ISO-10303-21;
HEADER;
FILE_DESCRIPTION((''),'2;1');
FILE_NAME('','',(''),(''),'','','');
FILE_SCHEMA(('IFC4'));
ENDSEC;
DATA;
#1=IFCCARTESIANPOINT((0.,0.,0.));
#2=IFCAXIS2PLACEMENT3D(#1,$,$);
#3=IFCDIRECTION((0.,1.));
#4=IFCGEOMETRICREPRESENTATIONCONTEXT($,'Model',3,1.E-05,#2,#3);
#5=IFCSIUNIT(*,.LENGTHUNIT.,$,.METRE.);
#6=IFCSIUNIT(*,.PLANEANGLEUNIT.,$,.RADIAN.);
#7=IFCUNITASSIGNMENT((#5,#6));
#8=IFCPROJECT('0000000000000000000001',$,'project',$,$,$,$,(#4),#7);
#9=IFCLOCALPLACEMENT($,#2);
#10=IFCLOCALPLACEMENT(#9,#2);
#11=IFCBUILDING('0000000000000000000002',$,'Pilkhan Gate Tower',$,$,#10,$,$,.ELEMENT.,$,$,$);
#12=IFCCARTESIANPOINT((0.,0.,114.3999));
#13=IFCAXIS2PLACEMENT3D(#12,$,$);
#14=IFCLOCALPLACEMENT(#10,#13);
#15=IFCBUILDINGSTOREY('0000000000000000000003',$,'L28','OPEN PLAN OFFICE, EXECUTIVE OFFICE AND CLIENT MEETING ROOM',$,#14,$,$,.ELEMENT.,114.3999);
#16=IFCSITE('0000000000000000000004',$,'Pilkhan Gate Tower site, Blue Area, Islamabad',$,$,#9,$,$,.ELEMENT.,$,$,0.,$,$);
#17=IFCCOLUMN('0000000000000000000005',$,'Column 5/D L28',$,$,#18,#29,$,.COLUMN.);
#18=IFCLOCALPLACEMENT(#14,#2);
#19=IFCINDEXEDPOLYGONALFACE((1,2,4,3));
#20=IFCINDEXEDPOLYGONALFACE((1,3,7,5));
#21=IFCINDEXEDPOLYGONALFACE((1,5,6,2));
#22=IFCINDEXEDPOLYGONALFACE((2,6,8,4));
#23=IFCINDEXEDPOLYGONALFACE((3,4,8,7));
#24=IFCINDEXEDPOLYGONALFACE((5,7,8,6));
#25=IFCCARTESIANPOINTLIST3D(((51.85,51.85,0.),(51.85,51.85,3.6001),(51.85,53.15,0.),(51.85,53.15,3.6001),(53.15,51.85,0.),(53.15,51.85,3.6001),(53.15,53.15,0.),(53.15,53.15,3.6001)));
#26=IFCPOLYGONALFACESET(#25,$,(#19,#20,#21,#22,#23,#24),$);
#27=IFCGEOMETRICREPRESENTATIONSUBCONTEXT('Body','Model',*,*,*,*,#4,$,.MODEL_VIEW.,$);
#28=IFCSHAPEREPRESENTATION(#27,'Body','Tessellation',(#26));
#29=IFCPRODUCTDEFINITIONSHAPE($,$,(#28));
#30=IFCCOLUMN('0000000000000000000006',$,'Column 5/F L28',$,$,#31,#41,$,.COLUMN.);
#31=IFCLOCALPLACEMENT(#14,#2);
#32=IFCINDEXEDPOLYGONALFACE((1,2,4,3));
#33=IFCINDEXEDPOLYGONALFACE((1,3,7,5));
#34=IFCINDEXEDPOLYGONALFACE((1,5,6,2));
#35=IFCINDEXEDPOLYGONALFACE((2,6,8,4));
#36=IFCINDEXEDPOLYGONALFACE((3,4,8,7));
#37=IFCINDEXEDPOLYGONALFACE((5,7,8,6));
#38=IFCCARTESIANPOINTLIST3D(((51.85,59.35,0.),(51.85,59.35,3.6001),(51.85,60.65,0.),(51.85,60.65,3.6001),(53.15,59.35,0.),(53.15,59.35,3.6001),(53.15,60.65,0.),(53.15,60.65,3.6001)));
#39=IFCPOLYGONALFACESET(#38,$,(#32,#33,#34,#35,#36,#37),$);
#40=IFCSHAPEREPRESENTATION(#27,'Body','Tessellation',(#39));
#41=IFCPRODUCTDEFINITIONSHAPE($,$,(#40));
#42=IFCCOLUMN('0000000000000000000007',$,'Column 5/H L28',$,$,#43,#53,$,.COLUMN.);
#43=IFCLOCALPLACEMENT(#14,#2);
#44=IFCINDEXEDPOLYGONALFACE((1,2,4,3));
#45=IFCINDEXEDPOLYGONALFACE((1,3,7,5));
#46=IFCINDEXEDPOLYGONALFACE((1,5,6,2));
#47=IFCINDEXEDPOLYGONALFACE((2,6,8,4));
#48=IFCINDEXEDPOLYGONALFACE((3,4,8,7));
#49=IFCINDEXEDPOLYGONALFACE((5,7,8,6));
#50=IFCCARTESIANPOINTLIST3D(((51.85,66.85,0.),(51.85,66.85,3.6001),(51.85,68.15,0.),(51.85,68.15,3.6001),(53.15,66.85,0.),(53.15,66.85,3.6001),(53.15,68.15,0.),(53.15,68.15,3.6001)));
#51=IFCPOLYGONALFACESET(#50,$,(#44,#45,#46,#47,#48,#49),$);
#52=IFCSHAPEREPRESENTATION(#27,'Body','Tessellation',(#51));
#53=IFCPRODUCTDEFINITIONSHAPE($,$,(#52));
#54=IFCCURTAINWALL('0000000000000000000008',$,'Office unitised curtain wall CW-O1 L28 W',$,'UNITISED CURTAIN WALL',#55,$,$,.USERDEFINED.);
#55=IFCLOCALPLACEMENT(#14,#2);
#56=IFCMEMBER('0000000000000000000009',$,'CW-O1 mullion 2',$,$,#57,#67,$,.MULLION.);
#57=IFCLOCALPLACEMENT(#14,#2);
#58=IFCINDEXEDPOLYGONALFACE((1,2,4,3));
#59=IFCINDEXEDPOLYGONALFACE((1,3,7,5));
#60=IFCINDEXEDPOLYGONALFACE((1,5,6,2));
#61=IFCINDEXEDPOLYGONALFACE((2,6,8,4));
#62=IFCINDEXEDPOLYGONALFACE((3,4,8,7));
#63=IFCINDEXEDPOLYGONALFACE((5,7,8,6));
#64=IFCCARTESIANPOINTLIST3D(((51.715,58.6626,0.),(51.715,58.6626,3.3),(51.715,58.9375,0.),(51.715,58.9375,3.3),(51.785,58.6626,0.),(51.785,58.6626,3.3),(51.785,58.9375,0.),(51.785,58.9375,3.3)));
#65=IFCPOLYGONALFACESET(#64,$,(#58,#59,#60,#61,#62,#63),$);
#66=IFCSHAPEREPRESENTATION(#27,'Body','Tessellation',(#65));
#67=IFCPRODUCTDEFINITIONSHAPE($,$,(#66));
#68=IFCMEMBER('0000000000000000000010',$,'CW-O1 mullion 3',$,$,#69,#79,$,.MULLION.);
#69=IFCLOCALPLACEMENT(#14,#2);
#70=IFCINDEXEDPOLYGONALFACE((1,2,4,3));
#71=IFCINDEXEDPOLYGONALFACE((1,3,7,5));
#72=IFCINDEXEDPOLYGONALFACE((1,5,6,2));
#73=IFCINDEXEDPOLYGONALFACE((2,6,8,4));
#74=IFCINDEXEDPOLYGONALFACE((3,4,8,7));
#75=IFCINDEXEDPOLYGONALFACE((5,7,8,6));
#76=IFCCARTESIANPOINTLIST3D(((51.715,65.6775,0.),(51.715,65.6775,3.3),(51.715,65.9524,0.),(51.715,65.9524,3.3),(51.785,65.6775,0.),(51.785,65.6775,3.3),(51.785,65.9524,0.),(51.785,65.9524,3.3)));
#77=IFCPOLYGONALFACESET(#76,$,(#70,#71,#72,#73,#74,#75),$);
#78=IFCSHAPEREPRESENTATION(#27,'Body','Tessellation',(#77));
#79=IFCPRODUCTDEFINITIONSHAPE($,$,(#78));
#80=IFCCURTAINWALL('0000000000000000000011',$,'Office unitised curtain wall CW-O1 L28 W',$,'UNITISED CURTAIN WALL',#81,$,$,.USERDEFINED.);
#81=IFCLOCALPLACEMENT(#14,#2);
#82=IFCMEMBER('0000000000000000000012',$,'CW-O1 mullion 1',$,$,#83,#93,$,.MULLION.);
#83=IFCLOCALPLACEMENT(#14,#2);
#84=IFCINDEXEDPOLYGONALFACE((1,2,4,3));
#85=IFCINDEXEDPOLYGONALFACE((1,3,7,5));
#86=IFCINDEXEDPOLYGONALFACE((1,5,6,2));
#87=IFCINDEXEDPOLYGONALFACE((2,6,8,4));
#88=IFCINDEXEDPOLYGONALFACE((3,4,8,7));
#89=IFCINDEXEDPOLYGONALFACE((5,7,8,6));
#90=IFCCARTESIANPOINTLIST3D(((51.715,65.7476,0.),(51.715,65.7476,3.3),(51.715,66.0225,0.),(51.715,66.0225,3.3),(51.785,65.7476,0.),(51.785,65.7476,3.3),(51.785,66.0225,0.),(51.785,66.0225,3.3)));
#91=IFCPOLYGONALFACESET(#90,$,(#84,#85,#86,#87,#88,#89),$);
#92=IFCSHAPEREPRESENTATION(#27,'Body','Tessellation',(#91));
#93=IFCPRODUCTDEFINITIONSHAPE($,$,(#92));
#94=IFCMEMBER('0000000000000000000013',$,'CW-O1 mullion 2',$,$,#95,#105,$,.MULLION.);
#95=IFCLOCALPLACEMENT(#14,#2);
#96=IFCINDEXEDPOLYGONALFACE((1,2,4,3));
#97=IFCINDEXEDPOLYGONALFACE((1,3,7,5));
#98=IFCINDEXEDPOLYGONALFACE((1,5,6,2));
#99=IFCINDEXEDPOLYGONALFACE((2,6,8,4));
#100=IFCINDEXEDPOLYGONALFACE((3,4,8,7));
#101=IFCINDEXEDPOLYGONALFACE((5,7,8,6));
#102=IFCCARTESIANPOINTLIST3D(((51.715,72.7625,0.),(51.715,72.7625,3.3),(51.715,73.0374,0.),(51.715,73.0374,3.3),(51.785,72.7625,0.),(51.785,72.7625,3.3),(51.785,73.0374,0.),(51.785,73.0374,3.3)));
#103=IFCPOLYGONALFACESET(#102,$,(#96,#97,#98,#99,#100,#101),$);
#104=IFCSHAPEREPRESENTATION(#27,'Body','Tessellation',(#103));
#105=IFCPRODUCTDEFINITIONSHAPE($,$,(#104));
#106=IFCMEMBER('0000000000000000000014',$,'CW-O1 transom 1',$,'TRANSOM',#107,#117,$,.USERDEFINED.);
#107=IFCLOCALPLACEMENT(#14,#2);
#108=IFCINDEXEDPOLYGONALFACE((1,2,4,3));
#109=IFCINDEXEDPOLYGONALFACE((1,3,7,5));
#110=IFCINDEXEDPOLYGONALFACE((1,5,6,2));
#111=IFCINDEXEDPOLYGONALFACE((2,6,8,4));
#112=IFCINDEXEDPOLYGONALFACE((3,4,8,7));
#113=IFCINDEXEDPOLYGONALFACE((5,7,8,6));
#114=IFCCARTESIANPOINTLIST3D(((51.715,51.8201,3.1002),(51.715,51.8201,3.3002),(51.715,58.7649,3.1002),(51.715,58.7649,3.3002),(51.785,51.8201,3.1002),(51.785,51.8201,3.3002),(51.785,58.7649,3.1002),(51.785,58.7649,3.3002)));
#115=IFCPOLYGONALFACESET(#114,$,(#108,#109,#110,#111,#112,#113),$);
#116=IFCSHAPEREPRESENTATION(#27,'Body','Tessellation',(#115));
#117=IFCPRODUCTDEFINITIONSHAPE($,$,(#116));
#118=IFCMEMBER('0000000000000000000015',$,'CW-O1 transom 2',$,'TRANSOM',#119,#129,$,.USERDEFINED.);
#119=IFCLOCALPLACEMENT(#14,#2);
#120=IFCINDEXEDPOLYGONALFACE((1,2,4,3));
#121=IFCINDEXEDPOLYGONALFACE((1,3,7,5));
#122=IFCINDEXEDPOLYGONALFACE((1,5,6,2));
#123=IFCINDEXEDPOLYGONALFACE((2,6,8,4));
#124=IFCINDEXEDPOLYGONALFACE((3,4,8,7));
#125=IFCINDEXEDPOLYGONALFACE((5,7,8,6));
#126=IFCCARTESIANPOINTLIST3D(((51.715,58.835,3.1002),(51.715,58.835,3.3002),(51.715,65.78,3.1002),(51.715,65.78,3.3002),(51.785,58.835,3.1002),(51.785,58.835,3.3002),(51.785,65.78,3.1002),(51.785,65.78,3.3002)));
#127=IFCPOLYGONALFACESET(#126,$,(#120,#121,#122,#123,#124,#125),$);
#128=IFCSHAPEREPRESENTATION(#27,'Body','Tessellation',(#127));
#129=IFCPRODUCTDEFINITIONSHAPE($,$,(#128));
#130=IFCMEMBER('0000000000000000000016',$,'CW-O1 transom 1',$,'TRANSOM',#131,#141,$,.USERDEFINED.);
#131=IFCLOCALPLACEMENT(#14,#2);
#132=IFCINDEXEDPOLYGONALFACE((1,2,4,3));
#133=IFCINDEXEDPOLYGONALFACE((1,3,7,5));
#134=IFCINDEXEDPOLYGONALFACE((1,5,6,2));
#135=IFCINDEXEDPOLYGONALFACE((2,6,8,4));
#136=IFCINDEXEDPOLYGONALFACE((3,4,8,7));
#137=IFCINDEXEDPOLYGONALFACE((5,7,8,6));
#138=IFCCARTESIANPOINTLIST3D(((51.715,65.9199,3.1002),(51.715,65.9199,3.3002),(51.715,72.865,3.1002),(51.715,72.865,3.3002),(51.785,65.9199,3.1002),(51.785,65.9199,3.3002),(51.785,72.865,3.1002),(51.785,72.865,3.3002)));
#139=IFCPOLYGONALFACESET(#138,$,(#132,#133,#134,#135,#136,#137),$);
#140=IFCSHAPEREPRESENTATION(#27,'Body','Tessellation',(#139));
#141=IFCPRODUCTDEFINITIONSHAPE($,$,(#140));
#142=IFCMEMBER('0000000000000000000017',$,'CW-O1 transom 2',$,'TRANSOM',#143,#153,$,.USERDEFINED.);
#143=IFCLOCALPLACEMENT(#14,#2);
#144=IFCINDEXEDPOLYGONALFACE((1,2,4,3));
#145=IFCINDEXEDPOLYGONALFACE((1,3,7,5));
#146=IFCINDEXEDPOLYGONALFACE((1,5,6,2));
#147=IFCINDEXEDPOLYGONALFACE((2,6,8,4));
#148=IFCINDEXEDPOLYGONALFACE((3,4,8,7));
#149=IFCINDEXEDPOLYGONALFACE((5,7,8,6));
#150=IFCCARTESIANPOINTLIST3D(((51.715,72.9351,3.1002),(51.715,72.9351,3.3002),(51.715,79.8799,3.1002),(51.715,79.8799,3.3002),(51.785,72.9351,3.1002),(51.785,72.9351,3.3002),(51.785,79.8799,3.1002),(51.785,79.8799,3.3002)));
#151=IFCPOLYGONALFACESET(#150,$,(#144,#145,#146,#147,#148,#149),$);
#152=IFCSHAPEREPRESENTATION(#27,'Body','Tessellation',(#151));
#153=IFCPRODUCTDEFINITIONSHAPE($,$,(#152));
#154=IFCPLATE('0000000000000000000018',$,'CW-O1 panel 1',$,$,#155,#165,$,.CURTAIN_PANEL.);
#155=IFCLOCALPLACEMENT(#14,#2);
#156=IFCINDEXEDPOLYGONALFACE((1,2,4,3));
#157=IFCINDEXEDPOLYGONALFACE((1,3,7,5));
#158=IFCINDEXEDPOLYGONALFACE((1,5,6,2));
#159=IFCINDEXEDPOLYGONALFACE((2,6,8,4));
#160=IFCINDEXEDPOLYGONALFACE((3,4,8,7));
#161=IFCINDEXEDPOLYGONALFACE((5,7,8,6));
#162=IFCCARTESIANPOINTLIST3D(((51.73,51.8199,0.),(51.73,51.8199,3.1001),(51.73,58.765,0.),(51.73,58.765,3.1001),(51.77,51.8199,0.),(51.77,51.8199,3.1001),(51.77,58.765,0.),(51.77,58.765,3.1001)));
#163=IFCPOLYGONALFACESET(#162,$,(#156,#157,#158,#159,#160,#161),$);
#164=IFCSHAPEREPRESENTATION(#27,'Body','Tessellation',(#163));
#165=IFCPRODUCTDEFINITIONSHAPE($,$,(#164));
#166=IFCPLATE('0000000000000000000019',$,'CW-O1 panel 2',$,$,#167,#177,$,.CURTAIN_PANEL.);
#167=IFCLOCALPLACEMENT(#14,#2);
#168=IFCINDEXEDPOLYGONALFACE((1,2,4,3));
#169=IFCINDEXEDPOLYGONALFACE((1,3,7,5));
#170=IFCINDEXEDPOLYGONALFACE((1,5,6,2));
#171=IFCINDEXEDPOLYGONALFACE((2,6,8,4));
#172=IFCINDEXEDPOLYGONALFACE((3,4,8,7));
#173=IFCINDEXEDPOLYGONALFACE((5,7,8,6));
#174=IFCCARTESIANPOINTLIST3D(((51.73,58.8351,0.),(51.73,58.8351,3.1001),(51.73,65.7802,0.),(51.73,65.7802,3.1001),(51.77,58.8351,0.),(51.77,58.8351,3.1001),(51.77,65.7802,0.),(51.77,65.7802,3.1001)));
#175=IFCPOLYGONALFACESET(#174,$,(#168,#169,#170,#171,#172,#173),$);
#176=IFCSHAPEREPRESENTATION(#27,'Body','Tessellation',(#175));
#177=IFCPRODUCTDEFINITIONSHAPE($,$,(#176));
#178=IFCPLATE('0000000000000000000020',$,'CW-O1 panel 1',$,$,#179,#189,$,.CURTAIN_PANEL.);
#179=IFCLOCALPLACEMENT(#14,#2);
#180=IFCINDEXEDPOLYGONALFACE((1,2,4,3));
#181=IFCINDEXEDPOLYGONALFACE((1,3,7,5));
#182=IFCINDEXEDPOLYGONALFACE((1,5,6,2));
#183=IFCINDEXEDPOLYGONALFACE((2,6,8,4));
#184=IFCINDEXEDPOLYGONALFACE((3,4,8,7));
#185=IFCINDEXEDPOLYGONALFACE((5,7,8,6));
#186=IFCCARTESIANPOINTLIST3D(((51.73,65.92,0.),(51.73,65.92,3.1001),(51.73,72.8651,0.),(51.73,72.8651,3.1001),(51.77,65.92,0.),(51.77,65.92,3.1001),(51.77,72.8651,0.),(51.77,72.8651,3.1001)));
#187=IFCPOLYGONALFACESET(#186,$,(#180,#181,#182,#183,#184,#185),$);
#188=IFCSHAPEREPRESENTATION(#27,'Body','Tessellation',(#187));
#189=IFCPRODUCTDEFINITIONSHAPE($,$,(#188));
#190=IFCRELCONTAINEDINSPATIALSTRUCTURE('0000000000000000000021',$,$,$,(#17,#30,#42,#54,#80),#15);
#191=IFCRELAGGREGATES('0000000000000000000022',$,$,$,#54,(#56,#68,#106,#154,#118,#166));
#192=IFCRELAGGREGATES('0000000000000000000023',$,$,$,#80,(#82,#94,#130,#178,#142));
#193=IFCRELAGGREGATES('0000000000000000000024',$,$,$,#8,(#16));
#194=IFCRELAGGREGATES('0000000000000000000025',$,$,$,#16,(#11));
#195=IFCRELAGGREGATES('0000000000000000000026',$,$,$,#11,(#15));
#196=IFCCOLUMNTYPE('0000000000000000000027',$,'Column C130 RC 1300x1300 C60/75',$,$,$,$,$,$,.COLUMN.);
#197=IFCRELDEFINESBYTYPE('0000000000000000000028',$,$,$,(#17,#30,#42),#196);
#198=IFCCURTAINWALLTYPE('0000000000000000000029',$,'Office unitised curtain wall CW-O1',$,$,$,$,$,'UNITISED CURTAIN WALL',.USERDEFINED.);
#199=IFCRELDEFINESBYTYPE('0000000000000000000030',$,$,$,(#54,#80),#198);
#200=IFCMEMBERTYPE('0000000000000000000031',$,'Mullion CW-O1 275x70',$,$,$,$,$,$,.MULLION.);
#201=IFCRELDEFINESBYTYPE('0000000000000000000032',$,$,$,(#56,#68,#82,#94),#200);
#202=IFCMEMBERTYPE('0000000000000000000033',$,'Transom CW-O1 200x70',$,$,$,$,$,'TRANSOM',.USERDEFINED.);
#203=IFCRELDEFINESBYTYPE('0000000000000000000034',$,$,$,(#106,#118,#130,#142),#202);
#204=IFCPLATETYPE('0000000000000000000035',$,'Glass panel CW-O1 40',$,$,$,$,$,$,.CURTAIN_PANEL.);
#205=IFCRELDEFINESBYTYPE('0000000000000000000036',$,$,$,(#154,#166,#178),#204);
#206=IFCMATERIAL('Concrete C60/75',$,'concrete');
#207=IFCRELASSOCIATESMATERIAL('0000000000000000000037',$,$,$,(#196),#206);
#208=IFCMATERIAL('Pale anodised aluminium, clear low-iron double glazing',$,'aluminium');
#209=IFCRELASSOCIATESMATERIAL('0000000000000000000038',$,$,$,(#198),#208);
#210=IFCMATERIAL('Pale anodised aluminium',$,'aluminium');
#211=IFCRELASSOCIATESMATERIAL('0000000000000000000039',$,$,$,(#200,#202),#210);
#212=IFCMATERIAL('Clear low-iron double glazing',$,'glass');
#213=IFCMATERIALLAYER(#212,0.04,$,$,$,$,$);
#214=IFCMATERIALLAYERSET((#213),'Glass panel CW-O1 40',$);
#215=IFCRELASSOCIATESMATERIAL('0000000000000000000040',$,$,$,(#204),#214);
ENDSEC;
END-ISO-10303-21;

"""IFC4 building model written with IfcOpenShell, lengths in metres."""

from ifc_helpers import new_model, si_unit, direction, frame, origin, origin_2d, place, context, subcontext, project, spatial, rectangle, extrude, material, layer, layer_set, material_profile, profile_set, type_object, element, aggregate, save


model = new_model("IFC4")

# Units and contexts
model_context = context("Model", 3, precision=1e-05, world=origin(), true_north=direction((0.0, 1.0)))
body_context = subcontext(model_context, "Body", "Model", "MODEL_VIEW")
ifc_project = project(units=[si_unit("LENGTHUNIT", "METRE"), si_unit("PLANEANGLEUNIT", "RADIAN")], contexts=[model_context])

# Site, building, storey
site_placement = place(None, origin())
site = spatial("IfcSite", under=ifc_project, at=site_placement, Name="Pilkhan Gate Tower site, Blue Area, Islamabad", CompositionType="ELEMENT", RefElevation=0.0)
building_placement = place(site_placement, origin())
building = spatial("IfcBuilding", under=site, at=building_placement, Name="Pilkhan Gate Tower", CompositionType="ELEMENT")
storey_placement = place(building_placement, frame((0.0, 0.0, 114.3999)))
storey = spatial("IfcBuildingStorey", under=building, at=storey_placement, Name="L28", Description="OPEN PLAN OFFICE, EXECUTIVE OFFICE AND CLIENT MEETING ROOM", CompositionType="ELEMENT", Elevation=114.3999)

# Columns
ifc_material_1 = material(Name="Concrete C60/75", Category="concrete")
ifc_material_profile_1 = material_profile(ifc_material_1, rectangle(XDim=1.3, YDim=1.3, at=origin_2d()), Name="RC 1300x1300")
ifc_profile_set_1 = profile_set([ifc_material_profile_1], Name="Concrete C60/75")
column_type = type_object("IfcColumnType", Name="Column C130 RC 1300x1300 C60/75", PredefinedType="COLUMN", material=ifc_profile_set_1)
for number, where, z_axis, x_axis, name in (
    (1, (52.5, 52.5, 0.0), (0.0, 0.0, 1.0), (1.0, 0.0, 0.0), "Column 5/D L28"),
    (2, (52.5, 60.0, 0.0), (0.0, 0.0, 1.0), (1.0, 0.0, 0.0), "Column 5/F L28"),
    (3, (52.5, 67.5, 0.0), (0.0, 0.0, 1.0), (1.0, 0.0, 0.0), "Column 5/H L28"),
):
    element("IfcColumn", number, at=place(storey_placement, frame(where, z_axis=z_axis, x_axis=x_axis)), inside=storey, type_object=column_type, Name=name, PredefinedType="COLUMN", context=body_context, shape_type="SweptSolid", body=[
        extrude(rectangle(XDim=1.3, YDim=1.3, at=origin_2d()), origin(), (0.0, 0.0, 1.0), 3.6001),
    ])

# Curtain walls, members
ifc_material_2 = material(Name="Pale anodised aluminium, clear low-iron double glazing", Category="aluminium")
curtain_wall_type = type_object("IfcCurtainWallType", Name="Office unitised curtain wall CW-O1", ElementType="UNITISED CURTAIN WALL", PredefinedType="USERDEFINED", material=ifc_material_2)
curtain_wall_1_placement = place(storey_placement, origin())
curtain_wall_1 = element("IfcCurtainWall", 4, at=curtain_wall_1_placement, inside=storey, type_object=curtain_wall_type, Name="Office unitised curtain wall CW-O1 L28 W", ObjectType="UNITISED CURTAIN WALL", PredefinedType="USERDEFINED")
ifc_material_3 = material(Name="Pale anodised aluminium", Category="aluminium")
ifc_material_profile_2 = material_profile(ifc_material_3, rectangle(XDim=0.0701, YDim=0.2749, at=origin_2d()), Name="Mullion 275x70")
ifc_profile_set_2 = profile_set([ifc_material_profile_2], Name="Pale anodised aluminium")
member_type_1 = type_object("IfcMemberType", Name="Mullion CW-O1 275x70", PredefinedType="MULLION", material=ifc_profile_set_2)
member_1_placement = place(storey_placement, frame((51.75, 58.8, 0.0), z_axis=(0.0, 0.0, 1.0), x_axis=(-1.0, 0.0, 0.0)))
member_1 = element("IfcMember", 5, at=member_1_placement, type_object=member_type_1, Name="CW-O1 mullion 2", PredefinedType="MULLION", context=body_context, shape_type="SweptSolid", body=[
    extrude(rectangle(XDim=0.0701, YDim=0.2749, at=origin_2d()), origin(), (0.0, 0.0, 1.0), 3.3),
])
member_2_placement = place(storey_placement, frame((51.75, 65.8149, 0.0), z_axis=(0.0, 0.0, 1.0), x_axis=(-1.0, 0.0, 0.0)))
member_2 = element("IfcMember", 6, at=member_2_placement, type_object=member_type_1, Name="CW-O1 mullion 3", PredefinedType="MULLION", context=body_context, shape_type="SweptSolid", body=[
    extrude(rectangle(XDim=0.0701, YDim=0.2749, at=origin_2d()), origin(), (0.0, 0.0, 1.0), 3.3),
])
curtain_wall_2_placement = place(storey_placement, origin())
curtain_wall_2 = element("IfcCurtainWall", 7, at=curtain_wall_2_placement, inside=storey, type_object=curtain_wall_type, Name="Office unitised curtain wall CW-O1 L28 W", ObjectType="UNITISED CURTAIN WALL", PredefinedType="USERDEFINED")
member_3_placement = place(storey_placement, frame((51.75, 65.885, 0.0), z_axis=(0.0, 0.0, 1.0), x_axis=(-1.0, 0.0, 0.0)))
member_3 = element("IfcMember", 8, at=member_3_placement, type_object=member_type_1, Name="CW-O1 mullion 1", PredefinedType="MULLION", context=body_context, shape_type="SweptSolid", body=[
    extrude(rectangle(XDim=0.0701, YDim=0.2749, at=origin_2d()), origin(), (0.0, 0.0, 1.0), 3.3),
])
member_4_placement = place(storey_placement, frame((51.75, 72.8999, 0.0), z_axis=(0.0, 0.0, 1.0), x_axis=(-1.0, 0.0, 0.0)))
member_4 = element("IfcMember", 9, at=member_4_placement, type_object=member_type_1, Name="CW-O1 mullion 2", PredefinedType="MULLION", context=body_context, shape_type="SweptSolid", body=[
    extrude(rectangle(XDim=0.0701, YDim=0.2749, at=origin_2d()), origin(), (0.0, 0.0, 1.0), 3.3),
])

# Members
ifc_material_profile_3 = material_profile(ifc_material_3, rectangle(XDim=0.0701, YDim=0.2, at=origin_2d()), Name="Transom 200x70")
ifc_profile_set_3 = profile_set([ifc_material_profile_3], Name="Pale anodised aluminium")
member_type_2 = type_object("IfcMemberType", Name="Transom CW-O1 200x70", ElementType="TRANSOM", PredefinedType="USERDEFINED", material=ifc_profile_set_3)
member_5_placement = place(storey_placement, frame((51.75, 51.8201, 3.2002), z_axis=(0.0, 1.0, 0.0), x_axis=(-1.0, 0.0, 0.0)))
member_5 = element("IfcMember", 10, at=member_5_placement, type_object=member_type_2, Name="CW-O1 transom 1", ObjectType="TRANSOM", PredefinedType="USERDEFINED", context=body_context, shape_type="SweptSolid", body=[
    extrude(rectangle(XDim=0.0701, YDim=0.2, at=origin_2d()), origin(), (0.0, 0.0, 1.0), 6.9448),
])
member_6_placement = place(storey_placement, frame((51.75, 58.835, 3.2002), z_axis=(0.0, 1.0, 0.0), x_axis=(-1.0, 0.0, 0.0)))
member_6 = element("IfcMember", 11, at=member_6_placement, type_object=member_type_2, Name="CW-O1 transom 2", ObjectType="TRANSOM", PredefinedType="USERDEFINED", context=body_context, shape_type="SweptSolid", body=[
    extrude(rectangle(XDim=0.0701, YDim=0.2, at=origin_2d()), origin(), (0.0, 0.0, 1.0), 6.9451),
])
member_7_placement = place(storey_placement, frame((51.75, 65.9199, 3.2002), z_axis=(0.0, 1.0, 0.0), x_axis=(-1.0, 0.0, 0.0)))
member_7 = element("IfcMember", 12, at=member_7_placement, type_object=member_type_2, Name="CW-O1 transom 1", ObjectType="TRANSOM", PredefinedType="USERDEFINED", context=body_context, shape_type="SweptSolid", body=[
    extrude(rectangle(XDim=0.0701, YDim=0.2, at=origin_2d()), origin(), (0.0, 0.0, 1.0), 6.9451),
])
member_8_placement = place(storey_placement, frame((51.75, 72.9351, 3.2002), z_axis=(0.0, 1.0, 0.0), x_axis=(-1.0, 0.0, 0.0)))
member_8 = element("IfcMember", 13, at=member_8_placement, type_object=member_type_2, Name="CW-O1 transom 2", ObjectType="TRANSOM", PredefinedType="USERDEFINED", context=body_context, shape_type="SweptSolid", body=[
    extrude(rectangle(XDim=0.0701, YDim=0.2, at=origin_2d()), origin(), (0.0, 0.0, 1.0), 6.9448),
])

# Plates
ifc_material_4 = material(Name="Clear low-iron double glazing", Category="glass")
ifc_layer_1 = layer(ifc_material_4, 0.04)
ifc_layer_set_1 = layer_set([ifc_layer_1], Name="Glass panel CW-O1 40")
plate_type = type_object("IfcPlateType", Name="Glass panel CW-O1 40", PredefinedType="CURTAIN_PANEL", material=ifc_layer_set_1)
plate_1_placement = place(storey_placement, frame((51.75, 55.2925, 0.0), z_axis=(0.0, 0.0, 1.0), x_axis=(0.0, 1.0, 0.0)))
plate_1 = element("IfcPlate", 14, at=plate_1_placement, type_object=plate_type, Name="CW-O1 panel 1", PredefinedType="CURTAIN_PANEL", context=body_context, shape_type="SweptSolid", body=[
    extrude(rectangle(XDim=6.9451, YDim=0.04, at=origin_2d()), origin(), (0.0, 0.0, 1.0), 3.1001),
])
plate_2_placement = place(storey_placement, frame((51.75, 62.3076, 0.0), z_axis=(0.0, 0.0, 1.0), x_axis=(0.0, 1.0, 0.0)))
plate_2 = element("IfcPlate", 15, at=plate_2_placement, type_object=plate_type, Name="CW-O1 panel 2", PredefinedType="CURTAIN_PANEL", context=body_context, shape_type="SweptSolid", body=[
    extrude(rectangle(XDim=6.9451, YDim=0.04, at=origin_2d()), origin(), (0.0, 0.0, 1.0), 3.1001),
])
aggregate(curtain_wall_1, [member_1, member_2, member_5, plate_1, member_6, plate_2])
plate_3_placement = place(storey_placement, frame((51.75, 69.3926, 0.0), z_axis=(0.0, 0.0, 1.0), x_axis=(0.0, 1.0, 0.0)))
plate_3 = element("IfcPlate", 16, at=plate_3_placement, type_object=plate_type, Name="CW-O1 panel 1", PredefinedType="CURTAIN_PANEL", context=body_context, shape_type="SweptSolid", body=[
    extrude(rectangle(XDim=6.9451, YDim=0.04, at=origin_2d()), origin(), (0.0, 0.0, 1.0), 3.1001),
])
aggregate(curtain_wall_2, [member_3, member_4, member_7, plate_3, member_8])

save(model, "model.ifc")
